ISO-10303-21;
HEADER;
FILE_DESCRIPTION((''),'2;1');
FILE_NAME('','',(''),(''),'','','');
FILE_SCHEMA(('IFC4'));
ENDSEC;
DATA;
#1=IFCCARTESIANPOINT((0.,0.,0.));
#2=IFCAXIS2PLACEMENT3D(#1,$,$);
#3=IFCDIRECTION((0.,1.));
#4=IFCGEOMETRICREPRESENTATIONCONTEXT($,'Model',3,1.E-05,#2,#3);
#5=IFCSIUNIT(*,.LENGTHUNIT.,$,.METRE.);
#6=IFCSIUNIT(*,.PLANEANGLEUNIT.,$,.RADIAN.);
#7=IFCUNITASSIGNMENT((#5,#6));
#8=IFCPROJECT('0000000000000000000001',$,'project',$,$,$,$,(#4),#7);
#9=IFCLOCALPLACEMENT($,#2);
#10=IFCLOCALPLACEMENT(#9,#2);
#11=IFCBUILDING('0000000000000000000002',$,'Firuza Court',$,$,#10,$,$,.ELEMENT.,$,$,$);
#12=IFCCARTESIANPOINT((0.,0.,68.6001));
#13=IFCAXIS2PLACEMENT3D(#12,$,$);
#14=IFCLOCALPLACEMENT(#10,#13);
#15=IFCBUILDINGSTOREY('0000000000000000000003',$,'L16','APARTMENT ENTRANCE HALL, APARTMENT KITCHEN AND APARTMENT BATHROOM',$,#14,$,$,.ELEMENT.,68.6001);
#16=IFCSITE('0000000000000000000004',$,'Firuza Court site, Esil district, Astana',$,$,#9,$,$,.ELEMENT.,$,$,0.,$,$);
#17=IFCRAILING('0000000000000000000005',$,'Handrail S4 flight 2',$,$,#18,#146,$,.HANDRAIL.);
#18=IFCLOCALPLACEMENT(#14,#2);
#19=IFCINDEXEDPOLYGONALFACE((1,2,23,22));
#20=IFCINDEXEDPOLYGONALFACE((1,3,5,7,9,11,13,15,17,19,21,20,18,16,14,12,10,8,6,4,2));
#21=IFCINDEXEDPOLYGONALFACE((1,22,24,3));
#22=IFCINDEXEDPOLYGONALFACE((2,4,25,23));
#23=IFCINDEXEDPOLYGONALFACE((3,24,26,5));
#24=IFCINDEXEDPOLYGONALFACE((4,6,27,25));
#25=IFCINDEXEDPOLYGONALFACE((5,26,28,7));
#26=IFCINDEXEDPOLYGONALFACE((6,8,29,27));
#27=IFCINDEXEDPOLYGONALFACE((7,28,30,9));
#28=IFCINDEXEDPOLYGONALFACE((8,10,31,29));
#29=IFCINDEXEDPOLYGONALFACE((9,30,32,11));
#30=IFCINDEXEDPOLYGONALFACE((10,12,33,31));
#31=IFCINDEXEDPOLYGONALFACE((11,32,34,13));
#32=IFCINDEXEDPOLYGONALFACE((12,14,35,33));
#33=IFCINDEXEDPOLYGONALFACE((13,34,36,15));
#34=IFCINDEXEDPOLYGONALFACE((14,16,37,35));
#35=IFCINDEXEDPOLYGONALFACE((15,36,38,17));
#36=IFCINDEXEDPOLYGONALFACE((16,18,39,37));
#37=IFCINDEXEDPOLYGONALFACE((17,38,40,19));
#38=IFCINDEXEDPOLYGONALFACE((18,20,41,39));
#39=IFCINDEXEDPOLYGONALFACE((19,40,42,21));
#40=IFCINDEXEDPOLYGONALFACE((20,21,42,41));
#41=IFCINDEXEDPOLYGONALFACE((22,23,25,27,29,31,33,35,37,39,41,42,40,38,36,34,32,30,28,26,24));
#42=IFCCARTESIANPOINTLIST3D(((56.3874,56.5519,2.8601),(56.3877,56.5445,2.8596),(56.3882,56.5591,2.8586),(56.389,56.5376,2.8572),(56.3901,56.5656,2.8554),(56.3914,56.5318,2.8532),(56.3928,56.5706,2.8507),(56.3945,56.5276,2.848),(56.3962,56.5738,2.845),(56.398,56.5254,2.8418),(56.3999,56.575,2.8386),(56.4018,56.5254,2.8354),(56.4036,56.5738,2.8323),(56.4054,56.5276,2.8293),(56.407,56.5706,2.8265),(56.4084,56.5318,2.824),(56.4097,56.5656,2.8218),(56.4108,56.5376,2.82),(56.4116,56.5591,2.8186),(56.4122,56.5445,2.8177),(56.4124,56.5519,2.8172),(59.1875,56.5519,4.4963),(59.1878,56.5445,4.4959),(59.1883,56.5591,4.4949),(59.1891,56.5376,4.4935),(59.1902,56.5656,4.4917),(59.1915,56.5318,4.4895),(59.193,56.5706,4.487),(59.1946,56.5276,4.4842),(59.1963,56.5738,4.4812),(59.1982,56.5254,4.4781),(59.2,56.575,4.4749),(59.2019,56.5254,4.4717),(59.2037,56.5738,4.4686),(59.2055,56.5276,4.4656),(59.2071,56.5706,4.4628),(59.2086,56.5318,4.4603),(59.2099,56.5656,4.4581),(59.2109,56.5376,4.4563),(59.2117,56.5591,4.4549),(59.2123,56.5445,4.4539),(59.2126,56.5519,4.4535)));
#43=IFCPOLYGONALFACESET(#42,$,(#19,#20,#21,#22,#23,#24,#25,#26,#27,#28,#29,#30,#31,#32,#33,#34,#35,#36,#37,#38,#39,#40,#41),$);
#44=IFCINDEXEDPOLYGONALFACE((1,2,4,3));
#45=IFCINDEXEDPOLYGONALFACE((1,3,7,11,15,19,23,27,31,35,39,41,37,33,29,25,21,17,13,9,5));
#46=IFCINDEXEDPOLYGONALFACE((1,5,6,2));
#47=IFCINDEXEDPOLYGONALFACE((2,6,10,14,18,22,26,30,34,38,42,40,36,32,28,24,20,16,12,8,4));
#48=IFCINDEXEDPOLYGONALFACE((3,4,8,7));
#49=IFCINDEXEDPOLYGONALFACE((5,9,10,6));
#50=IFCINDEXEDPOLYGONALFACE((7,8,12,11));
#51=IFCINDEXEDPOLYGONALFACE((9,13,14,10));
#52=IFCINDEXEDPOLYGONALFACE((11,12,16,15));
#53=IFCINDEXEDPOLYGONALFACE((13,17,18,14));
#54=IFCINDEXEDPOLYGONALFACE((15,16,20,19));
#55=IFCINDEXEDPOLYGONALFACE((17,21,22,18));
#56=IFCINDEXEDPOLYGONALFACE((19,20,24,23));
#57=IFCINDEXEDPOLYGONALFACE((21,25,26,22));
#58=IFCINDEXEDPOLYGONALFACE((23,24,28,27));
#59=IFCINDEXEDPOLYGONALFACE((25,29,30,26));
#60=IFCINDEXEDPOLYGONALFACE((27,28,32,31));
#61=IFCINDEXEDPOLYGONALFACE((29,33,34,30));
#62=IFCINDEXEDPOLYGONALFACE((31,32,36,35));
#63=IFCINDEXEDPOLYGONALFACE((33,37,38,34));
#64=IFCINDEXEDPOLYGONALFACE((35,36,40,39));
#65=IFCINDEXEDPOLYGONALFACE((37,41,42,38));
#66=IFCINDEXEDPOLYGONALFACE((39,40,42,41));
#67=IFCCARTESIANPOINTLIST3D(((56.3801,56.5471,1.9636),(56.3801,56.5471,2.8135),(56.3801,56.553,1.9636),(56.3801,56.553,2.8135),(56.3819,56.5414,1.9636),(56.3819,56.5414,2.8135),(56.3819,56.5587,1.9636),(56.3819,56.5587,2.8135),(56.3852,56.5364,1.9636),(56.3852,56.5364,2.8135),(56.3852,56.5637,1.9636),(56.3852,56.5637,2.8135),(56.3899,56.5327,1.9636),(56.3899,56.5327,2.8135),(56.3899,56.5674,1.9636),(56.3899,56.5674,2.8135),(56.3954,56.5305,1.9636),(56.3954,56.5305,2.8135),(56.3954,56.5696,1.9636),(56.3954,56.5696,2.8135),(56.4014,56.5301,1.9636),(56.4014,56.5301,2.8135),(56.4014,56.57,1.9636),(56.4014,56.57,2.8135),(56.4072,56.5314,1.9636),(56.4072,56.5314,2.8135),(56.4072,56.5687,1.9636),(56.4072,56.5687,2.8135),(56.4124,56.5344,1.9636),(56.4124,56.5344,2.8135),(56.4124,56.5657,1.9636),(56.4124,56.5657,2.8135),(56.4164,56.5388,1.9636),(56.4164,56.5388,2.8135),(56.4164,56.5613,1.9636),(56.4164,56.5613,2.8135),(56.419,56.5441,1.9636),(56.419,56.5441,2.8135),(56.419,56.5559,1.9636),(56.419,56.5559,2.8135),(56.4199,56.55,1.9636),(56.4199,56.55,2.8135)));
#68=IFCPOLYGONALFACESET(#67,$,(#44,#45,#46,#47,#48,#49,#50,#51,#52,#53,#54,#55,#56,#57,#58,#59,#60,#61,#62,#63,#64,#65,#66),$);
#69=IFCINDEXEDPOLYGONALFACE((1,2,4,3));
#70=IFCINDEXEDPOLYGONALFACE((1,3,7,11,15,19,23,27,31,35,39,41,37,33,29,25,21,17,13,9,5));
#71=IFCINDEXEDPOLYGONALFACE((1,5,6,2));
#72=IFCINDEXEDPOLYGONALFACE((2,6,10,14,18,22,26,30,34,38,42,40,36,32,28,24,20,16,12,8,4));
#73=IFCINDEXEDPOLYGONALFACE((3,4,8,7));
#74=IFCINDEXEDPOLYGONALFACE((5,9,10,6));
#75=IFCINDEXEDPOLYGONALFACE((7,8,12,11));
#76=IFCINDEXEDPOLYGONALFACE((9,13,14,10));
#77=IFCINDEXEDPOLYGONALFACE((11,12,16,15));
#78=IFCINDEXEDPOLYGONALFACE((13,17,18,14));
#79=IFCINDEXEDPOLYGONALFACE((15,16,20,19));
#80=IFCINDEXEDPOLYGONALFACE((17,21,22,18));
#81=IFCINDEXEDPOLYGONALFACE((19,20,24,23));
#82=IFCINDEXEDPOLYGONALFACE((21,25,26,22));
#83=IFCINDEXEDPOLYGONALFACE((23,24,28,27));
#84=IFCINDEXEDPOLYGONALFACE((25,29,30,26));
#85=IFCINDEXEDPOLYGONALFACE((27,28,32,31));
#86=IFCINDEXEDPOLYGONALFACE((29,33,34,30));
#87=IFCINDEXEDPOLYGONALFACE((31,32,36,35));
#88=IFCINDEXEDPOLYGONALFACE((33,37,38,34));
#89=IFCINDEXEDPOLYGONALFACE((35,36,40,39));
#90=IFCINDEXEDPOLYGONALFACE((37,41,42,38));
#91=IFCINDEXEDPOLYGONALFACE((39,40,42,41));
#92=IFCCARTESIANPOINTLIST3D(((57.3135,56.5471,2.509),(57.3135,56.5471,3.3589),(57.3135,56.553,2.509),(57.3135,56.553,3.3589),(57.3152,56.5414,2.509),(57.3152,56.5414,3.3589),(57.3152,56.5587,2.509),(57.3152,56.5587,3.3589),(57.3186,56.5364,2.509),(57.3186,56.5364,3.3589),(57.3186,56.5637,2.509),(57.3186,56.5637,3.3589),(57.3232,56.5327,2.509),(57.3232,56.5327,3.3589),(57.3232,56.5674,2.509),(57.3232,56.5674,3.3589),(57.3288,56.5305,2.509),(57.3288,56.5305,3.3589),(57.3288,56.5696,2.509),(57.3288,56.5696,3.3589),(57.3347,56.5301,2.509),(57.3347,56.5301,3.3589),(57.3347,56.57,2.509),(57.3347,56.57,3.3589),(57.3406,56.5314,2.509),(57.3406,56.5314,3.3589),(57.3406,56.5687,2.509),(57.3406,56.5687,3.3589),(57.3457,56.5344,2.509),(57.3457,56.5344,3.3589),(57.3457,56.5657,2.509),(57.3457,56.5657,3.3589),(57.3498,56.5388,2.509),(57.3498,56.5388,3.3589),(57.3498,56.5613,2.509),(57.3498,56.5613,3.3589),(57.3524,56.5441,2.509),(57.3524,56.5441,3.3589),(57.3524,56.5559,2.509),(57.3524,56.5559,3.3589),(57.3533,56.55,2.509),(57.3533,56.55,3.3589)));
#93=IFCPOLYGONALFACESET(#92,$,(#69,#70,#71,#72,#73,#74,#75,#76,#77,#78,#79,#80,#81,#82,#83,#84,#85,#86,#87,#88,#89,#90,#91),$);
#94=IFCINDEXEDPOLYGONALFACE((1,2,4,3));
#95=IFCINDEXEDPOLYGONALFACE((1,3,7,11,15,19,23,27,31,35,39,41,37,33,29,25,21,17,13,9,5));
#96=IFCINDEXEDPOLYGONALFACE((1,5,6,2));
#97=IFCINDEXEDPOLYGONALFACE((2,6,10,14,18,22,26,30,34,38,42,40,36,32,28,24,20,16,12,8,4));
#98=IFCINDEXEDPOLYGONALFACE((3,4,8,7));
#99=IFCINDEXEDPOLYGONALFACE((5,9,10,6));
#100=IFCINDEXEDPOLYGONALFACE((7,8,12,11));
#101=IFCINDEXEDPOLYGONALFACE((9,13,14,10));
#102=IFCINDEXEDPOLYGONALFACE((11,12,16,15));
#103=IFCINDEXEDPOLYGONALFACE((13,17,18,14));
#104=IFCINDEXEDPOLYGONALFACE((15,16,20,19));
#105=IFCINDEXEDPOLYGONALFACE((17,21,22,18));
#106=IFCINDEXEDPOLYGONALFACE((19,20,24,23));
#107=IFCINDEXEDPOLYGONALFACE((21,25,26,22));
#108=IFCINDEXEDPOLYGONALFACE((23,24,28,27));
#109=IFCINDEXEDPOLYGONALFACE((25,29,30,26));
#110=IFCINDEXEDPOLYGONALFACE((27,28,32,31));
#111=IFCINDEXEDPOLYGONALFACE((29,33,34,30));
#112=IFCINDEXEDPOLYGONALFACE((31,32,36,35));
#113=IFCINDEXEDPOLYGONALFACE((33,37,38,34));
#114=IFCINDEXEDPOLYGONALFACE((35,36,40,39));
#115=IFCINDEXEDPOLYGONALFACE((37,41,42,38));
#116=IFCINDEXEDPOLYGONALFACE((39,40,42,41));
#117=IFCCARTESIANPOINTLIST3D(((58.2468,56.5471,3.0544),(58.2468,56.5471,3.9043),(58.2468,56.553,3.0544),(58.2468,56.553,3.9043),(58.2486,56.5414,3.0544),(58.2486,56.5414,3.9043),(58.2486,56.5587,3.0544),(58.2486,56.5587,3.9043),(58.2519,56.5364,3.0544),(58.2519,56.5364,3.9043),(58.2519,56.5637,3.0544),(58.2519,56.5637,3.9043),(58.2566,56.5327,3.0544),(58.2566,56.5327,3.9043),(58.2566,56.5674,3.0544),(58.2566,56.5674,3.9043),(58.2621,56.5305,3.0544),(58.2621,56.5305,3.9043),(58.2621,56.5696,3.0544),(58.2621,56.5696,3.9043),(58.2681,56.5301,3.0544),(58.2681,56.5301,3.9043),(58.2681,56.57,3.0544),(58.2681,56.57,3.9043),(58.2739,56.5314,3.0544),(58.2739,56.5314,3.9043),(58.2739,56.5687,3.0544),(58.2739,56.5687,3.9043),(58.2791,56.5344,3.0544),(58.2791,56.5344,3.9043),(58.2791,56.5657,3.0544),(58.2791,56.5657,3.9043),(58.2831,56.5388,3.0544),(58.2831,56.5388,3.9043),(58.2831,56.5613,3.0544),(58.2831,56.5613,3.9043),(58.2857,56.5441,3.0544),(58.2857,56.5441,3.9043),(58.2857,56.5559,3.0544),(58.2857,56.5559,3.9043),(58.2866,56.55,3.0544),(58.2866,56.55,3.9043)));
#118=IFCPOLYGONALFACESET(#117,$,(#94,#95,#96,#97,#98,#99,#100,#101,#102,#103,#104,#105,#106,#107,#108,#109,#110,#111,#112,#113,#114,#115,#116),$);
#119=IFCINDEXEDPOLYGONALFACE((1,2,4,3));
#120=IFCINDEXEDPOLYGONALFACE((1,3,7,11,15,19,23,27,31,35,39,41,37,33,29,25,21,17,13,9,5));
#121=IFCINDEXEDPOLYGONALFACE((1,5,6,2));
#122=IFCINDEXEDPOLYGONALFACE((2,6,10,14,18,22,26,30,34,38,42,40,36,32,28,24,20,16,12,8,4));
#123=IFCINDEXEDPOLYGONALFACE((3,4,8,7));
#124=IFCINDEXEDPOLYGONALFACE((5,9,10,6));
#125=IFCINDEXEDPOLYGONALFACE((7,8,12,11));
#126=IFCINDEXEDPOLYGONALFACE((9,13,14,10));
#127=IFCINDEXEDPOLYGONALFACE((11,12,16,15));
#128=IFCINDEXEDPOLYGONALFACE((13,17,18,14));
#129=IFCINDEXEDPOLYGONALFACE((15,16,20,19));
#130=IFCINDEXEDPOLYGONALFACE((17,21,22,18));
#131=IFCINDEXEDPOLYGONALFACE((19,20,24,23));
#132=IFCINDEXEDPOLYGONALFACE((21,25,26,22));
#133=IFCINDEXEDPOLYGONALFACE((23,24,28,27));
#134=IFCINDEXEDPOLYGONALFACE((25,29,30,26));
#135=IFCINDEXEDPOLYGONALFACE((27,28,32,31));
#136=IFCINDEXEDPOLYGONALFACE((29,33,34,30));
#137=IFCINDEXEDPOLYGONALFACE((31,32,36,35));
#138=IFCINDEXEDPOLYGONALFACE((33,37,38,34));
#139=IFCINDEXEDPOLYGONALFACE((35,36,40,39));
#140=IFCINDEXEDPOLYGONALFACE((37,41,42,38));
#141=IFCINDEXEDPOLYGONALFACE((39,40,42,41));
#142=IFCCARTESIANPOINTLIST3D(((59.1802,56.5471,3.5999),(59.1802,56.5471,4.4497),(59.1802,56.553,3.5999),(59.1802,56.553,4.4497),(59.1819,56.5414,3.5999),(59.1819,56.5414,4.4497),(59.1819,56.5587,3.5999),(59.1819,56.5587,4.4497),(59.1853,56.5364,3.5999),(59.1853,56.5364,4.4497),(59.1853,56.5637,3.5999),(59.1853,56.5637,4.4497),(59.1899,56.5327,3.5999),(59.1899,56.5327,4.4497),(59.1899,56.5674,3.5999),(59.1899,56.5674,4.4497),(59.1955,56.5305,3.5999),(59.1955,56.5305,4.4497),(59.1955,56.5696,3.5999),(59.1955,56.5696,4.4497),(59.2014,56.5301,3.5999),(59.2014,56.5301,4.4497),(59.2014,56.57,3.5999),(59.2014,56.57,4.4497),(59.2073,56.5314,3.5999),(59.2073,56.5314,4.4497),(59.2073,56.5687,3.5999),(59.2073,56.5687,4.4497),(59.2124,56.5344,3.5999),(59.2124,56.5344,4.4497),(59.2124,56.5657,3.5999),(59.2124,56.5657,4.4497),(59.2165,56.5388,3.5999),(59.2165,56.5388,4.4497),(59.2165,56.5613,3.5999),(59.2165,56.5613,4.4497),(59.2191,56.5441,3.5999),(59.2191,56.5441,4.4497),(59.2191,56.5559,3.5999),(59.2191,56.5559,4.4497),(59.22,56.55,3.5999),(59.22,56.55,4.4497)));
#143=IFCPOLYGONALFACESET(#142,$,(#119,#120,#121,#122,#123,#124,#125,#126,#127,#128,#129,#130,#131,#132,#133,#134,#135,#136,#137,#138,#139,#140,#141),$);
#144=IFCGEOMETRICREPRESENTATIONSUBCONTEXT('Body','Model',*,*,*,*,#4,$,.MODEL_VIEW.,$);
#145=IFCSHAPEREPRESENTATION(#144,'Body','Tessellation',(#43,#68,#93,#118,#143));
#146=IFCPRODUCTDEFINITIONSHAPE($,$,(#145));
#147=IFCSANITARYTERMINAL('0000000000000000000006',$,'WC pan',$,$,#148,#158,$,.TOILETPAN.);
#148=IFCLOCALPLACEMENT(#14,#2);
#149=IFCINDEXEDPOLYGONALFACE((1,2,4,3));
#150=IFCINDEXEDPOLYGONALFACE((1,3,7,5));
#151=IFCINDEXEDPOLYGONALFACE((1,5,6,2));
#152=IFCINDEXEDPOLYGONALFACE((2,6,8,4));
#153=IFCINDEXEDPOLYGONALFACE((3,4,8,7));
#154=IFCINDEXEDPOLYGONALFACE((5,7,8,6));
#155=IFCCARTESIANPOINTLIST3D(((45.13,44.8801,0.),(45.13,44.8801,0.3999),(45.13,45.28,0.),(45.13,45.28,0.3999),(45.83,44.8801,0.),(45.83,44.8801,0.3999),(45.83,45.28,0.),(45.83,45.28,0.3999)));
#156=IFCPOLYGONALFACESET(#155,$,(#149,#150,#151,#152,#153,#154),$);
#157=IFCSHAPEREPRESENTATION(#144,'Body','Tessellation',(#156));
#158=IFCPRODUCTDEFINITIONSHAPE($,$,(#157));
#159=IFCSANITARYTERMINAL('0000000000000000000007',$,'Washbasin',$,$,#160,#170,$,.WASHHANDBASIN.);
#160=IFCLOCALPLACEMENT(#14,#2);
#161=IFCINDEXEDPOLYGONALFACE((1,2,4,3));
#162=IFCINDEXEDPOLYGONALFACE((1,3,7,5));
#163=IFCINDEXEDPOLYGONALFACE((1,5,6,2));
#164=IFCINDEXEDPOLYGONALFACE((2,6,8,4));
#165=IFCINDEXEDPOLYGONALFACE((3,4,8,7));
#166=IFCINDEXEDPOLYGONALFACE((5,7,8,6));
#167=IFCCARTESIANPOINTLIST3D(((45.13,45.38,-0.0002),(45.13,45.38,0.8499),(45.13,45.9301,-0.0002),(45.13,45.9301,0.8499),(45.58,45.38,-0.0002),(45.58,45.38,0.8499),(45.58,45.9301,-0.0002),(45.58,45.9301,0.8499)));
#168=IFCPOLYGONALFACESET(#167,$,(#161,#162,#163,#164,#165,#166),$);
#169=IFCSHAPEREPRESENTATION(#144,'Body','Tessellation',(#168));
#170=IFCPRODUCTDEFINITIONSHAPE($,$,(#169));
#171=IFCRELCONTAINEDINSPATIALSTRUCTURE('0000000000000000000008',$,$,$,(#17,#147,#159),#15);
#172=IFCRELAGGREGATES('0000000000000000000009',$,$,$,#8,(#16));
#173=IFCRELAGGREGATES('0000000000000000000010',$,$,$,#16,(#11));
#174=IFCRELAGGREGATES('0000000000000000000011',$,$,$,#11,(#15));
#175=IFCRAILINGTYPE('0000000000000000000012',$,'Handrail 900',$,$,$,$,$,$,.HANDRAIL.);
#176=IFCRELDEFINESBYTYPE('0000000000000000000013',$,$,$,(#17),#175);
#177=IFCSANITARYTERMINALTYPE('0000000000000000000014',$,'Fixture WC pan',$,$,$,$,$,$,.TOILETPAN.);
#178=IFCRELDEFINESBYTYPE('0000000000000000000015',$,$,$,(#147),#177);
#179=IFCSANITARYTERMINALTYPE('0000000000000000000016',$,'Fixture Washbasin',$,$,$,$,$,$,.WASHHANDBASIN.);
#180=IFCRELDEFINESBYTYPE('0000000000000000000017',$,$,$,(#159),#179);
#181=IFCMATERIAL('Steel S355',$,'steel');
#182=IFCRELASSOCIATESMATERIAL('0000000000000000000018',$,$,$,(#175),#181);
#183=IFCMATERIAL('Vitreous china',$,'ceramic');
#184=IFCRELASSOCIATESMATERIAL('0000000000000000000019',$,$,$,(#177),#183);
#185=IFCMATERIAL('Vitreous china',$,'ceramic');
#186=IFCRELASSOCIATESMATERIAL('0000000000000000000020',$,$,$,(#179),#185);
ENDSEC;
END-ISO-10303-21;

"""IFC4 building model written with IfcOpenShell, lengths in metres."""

from ifc_helpers import new_model, si_unit, direction, frame, origin, origin_2d, place, context, subcontext, project, spatial, rectangle, circle, extrude, material, type_object, element, save


model = new_model("IFC4")

# Units and contexts
model_context = context("Model", 3, precision=1e-05, world=origin(), true_north=direction((0.0, 1.0)))
body_context = subcontext(model_context, "Body", "Model", "MODEL_VIEW")
ifc_project = project(units=[si_unit("LENGTHUNIT", "METRE"), si_unit("PLANEANGLEUNIT", "RADIAN")], contexts=[model_context])

# Site, building, storey
site_placement = place(None, origin())
site = spatial("IfcSite", under=ifc_project, at=site_placement, Name="Firuza Court site, Esil district, Astana", CompositionType="ELEMENT", RefElevation=0.0)
building_placement = place(site_placement, origin())
building = spatial("IfcBuilding", under=site, at=building_placement, Name="Firuza Court", CompositionType="ELEMENT")
storey_placement = place(building_placement, frame((0.0, 0.0, 68.6001)))
storey = spatial("IfcBuildingStorey", under=building, at=storey_placement, Name="L16", Description="APARTMENT ENTRANCE HALL, APARTMENT KITCHEN AND APARTMENT BATHROOM", CompositionType="ELEMENT", Elevation=68.6001)

# Railing
ifc_material_1 = material(Name="Steel S355", Category="steel")
railing_type = type_object("IfcRailingType", Name="Handrail 900", PredefinedType="HANDRAIL", material=ifc_material_1)
railing_placement = place(storey_placement, frame((56.3999, 56.55, 1.9636)))
element("IfcRailing", 1, at=railing_placement, inside=storey, type_object=railing_type, Name="Handrail S4 flight 2", PredefinedType="HANDRAIL", context=body_context, shape_type="SweptSolid", body=[
    extrude(circle(Radius=0.0249, at=origin_2d()), frame((0.0, 0.0, 0.875), z_axis=(0.863394, 0.0, 0.504531), x_axis=(0.0, 1.0, 0.0)), (0.0, 0.0, 1.0), 3.2432),
    extrude(circle(Radius=0.02, at=origin_2d()), origin(), (0.0, 0.0, 1.0), 0.8499),
    extrude(circle(Radius=0.02, at=origin_2d()), frame((0.9333, 0.0, 0.5454)), (0.0, 0.0, 1.0), 0.8499),
    extrude(circle(Radius=0.02, at=origin_2d()), frame((1.8667, 0.0, 1.0908)), (0.0, 0.0, 1.0), 0.8499),
    extrude(circle(Radius=0.02, at=origin_2d()), frame((2.8, 0.0, 1.6362)), (0.0, 0.0, 1.0), 0.8499),
])

# Sanitary terminals
ifc_material_2 = material(Name="Vitreous china", Category="ceramic")
sanitary_terminal_type_1 = type_object("IfcSanitaryTerminalType", Name="Fixture WC pan", PredefinedType="TOILETPAN", material=ifc_material_2)
sanitary_terminal_1_placement = place(storey_placement, frame((45.48, 45.0801, 0.0), z_axis=(0.0, 0.0, 1.0), x_axis=(1.0, 0.0, 0.0)))
element("IfcSanitaryTerminal", 2, at=sanitary_terminal_1_placement, inside=storey, type_object=sanitary_terminal_type_1, Name="WC pan", PredefinedType="TOILETPAN", context=body_context, shape_type="SweptSolid", body=[
    extrude(rectangle(XDim=0.7, YDim=0.3999, at=origin_2d()), origin(), (0.0, 0.0, 1.0), 0.3999),
])
ifc_material_3 = material(Name="Vitreous china", Category="ceramic")
sanitary_terminal_type_2 = type_object("IfcSanitaryTerminalType", Name="Fixture Washbasin", PredefinedType="WASHHANDBASIN", material=ifc_material_3)
sanitary_terminal_2_placement = place(storey_placement, frame((45.355, 45.655, -0.0002), z_axis=(0.0, 0.0, 1.0), x_axis=(1.0, 0.0, 0.0)))
element("IfcSanitaryTerminal", 3, at=sanitary_terminal_2_placement, inside=storey, type_object=sanitary_terminal_type_2, Name="Washbasin", PredefinedType="WASHHANDBASIN", context=body_context, shape_type="SweptSolid", body=[
    extrude(rectangle(XDim=0.45, YDim=0.55, at=origin_2d()), origin(), (0.0, 0.0, 1.0), 0.8501),
])

save(model, "model.ifc")
